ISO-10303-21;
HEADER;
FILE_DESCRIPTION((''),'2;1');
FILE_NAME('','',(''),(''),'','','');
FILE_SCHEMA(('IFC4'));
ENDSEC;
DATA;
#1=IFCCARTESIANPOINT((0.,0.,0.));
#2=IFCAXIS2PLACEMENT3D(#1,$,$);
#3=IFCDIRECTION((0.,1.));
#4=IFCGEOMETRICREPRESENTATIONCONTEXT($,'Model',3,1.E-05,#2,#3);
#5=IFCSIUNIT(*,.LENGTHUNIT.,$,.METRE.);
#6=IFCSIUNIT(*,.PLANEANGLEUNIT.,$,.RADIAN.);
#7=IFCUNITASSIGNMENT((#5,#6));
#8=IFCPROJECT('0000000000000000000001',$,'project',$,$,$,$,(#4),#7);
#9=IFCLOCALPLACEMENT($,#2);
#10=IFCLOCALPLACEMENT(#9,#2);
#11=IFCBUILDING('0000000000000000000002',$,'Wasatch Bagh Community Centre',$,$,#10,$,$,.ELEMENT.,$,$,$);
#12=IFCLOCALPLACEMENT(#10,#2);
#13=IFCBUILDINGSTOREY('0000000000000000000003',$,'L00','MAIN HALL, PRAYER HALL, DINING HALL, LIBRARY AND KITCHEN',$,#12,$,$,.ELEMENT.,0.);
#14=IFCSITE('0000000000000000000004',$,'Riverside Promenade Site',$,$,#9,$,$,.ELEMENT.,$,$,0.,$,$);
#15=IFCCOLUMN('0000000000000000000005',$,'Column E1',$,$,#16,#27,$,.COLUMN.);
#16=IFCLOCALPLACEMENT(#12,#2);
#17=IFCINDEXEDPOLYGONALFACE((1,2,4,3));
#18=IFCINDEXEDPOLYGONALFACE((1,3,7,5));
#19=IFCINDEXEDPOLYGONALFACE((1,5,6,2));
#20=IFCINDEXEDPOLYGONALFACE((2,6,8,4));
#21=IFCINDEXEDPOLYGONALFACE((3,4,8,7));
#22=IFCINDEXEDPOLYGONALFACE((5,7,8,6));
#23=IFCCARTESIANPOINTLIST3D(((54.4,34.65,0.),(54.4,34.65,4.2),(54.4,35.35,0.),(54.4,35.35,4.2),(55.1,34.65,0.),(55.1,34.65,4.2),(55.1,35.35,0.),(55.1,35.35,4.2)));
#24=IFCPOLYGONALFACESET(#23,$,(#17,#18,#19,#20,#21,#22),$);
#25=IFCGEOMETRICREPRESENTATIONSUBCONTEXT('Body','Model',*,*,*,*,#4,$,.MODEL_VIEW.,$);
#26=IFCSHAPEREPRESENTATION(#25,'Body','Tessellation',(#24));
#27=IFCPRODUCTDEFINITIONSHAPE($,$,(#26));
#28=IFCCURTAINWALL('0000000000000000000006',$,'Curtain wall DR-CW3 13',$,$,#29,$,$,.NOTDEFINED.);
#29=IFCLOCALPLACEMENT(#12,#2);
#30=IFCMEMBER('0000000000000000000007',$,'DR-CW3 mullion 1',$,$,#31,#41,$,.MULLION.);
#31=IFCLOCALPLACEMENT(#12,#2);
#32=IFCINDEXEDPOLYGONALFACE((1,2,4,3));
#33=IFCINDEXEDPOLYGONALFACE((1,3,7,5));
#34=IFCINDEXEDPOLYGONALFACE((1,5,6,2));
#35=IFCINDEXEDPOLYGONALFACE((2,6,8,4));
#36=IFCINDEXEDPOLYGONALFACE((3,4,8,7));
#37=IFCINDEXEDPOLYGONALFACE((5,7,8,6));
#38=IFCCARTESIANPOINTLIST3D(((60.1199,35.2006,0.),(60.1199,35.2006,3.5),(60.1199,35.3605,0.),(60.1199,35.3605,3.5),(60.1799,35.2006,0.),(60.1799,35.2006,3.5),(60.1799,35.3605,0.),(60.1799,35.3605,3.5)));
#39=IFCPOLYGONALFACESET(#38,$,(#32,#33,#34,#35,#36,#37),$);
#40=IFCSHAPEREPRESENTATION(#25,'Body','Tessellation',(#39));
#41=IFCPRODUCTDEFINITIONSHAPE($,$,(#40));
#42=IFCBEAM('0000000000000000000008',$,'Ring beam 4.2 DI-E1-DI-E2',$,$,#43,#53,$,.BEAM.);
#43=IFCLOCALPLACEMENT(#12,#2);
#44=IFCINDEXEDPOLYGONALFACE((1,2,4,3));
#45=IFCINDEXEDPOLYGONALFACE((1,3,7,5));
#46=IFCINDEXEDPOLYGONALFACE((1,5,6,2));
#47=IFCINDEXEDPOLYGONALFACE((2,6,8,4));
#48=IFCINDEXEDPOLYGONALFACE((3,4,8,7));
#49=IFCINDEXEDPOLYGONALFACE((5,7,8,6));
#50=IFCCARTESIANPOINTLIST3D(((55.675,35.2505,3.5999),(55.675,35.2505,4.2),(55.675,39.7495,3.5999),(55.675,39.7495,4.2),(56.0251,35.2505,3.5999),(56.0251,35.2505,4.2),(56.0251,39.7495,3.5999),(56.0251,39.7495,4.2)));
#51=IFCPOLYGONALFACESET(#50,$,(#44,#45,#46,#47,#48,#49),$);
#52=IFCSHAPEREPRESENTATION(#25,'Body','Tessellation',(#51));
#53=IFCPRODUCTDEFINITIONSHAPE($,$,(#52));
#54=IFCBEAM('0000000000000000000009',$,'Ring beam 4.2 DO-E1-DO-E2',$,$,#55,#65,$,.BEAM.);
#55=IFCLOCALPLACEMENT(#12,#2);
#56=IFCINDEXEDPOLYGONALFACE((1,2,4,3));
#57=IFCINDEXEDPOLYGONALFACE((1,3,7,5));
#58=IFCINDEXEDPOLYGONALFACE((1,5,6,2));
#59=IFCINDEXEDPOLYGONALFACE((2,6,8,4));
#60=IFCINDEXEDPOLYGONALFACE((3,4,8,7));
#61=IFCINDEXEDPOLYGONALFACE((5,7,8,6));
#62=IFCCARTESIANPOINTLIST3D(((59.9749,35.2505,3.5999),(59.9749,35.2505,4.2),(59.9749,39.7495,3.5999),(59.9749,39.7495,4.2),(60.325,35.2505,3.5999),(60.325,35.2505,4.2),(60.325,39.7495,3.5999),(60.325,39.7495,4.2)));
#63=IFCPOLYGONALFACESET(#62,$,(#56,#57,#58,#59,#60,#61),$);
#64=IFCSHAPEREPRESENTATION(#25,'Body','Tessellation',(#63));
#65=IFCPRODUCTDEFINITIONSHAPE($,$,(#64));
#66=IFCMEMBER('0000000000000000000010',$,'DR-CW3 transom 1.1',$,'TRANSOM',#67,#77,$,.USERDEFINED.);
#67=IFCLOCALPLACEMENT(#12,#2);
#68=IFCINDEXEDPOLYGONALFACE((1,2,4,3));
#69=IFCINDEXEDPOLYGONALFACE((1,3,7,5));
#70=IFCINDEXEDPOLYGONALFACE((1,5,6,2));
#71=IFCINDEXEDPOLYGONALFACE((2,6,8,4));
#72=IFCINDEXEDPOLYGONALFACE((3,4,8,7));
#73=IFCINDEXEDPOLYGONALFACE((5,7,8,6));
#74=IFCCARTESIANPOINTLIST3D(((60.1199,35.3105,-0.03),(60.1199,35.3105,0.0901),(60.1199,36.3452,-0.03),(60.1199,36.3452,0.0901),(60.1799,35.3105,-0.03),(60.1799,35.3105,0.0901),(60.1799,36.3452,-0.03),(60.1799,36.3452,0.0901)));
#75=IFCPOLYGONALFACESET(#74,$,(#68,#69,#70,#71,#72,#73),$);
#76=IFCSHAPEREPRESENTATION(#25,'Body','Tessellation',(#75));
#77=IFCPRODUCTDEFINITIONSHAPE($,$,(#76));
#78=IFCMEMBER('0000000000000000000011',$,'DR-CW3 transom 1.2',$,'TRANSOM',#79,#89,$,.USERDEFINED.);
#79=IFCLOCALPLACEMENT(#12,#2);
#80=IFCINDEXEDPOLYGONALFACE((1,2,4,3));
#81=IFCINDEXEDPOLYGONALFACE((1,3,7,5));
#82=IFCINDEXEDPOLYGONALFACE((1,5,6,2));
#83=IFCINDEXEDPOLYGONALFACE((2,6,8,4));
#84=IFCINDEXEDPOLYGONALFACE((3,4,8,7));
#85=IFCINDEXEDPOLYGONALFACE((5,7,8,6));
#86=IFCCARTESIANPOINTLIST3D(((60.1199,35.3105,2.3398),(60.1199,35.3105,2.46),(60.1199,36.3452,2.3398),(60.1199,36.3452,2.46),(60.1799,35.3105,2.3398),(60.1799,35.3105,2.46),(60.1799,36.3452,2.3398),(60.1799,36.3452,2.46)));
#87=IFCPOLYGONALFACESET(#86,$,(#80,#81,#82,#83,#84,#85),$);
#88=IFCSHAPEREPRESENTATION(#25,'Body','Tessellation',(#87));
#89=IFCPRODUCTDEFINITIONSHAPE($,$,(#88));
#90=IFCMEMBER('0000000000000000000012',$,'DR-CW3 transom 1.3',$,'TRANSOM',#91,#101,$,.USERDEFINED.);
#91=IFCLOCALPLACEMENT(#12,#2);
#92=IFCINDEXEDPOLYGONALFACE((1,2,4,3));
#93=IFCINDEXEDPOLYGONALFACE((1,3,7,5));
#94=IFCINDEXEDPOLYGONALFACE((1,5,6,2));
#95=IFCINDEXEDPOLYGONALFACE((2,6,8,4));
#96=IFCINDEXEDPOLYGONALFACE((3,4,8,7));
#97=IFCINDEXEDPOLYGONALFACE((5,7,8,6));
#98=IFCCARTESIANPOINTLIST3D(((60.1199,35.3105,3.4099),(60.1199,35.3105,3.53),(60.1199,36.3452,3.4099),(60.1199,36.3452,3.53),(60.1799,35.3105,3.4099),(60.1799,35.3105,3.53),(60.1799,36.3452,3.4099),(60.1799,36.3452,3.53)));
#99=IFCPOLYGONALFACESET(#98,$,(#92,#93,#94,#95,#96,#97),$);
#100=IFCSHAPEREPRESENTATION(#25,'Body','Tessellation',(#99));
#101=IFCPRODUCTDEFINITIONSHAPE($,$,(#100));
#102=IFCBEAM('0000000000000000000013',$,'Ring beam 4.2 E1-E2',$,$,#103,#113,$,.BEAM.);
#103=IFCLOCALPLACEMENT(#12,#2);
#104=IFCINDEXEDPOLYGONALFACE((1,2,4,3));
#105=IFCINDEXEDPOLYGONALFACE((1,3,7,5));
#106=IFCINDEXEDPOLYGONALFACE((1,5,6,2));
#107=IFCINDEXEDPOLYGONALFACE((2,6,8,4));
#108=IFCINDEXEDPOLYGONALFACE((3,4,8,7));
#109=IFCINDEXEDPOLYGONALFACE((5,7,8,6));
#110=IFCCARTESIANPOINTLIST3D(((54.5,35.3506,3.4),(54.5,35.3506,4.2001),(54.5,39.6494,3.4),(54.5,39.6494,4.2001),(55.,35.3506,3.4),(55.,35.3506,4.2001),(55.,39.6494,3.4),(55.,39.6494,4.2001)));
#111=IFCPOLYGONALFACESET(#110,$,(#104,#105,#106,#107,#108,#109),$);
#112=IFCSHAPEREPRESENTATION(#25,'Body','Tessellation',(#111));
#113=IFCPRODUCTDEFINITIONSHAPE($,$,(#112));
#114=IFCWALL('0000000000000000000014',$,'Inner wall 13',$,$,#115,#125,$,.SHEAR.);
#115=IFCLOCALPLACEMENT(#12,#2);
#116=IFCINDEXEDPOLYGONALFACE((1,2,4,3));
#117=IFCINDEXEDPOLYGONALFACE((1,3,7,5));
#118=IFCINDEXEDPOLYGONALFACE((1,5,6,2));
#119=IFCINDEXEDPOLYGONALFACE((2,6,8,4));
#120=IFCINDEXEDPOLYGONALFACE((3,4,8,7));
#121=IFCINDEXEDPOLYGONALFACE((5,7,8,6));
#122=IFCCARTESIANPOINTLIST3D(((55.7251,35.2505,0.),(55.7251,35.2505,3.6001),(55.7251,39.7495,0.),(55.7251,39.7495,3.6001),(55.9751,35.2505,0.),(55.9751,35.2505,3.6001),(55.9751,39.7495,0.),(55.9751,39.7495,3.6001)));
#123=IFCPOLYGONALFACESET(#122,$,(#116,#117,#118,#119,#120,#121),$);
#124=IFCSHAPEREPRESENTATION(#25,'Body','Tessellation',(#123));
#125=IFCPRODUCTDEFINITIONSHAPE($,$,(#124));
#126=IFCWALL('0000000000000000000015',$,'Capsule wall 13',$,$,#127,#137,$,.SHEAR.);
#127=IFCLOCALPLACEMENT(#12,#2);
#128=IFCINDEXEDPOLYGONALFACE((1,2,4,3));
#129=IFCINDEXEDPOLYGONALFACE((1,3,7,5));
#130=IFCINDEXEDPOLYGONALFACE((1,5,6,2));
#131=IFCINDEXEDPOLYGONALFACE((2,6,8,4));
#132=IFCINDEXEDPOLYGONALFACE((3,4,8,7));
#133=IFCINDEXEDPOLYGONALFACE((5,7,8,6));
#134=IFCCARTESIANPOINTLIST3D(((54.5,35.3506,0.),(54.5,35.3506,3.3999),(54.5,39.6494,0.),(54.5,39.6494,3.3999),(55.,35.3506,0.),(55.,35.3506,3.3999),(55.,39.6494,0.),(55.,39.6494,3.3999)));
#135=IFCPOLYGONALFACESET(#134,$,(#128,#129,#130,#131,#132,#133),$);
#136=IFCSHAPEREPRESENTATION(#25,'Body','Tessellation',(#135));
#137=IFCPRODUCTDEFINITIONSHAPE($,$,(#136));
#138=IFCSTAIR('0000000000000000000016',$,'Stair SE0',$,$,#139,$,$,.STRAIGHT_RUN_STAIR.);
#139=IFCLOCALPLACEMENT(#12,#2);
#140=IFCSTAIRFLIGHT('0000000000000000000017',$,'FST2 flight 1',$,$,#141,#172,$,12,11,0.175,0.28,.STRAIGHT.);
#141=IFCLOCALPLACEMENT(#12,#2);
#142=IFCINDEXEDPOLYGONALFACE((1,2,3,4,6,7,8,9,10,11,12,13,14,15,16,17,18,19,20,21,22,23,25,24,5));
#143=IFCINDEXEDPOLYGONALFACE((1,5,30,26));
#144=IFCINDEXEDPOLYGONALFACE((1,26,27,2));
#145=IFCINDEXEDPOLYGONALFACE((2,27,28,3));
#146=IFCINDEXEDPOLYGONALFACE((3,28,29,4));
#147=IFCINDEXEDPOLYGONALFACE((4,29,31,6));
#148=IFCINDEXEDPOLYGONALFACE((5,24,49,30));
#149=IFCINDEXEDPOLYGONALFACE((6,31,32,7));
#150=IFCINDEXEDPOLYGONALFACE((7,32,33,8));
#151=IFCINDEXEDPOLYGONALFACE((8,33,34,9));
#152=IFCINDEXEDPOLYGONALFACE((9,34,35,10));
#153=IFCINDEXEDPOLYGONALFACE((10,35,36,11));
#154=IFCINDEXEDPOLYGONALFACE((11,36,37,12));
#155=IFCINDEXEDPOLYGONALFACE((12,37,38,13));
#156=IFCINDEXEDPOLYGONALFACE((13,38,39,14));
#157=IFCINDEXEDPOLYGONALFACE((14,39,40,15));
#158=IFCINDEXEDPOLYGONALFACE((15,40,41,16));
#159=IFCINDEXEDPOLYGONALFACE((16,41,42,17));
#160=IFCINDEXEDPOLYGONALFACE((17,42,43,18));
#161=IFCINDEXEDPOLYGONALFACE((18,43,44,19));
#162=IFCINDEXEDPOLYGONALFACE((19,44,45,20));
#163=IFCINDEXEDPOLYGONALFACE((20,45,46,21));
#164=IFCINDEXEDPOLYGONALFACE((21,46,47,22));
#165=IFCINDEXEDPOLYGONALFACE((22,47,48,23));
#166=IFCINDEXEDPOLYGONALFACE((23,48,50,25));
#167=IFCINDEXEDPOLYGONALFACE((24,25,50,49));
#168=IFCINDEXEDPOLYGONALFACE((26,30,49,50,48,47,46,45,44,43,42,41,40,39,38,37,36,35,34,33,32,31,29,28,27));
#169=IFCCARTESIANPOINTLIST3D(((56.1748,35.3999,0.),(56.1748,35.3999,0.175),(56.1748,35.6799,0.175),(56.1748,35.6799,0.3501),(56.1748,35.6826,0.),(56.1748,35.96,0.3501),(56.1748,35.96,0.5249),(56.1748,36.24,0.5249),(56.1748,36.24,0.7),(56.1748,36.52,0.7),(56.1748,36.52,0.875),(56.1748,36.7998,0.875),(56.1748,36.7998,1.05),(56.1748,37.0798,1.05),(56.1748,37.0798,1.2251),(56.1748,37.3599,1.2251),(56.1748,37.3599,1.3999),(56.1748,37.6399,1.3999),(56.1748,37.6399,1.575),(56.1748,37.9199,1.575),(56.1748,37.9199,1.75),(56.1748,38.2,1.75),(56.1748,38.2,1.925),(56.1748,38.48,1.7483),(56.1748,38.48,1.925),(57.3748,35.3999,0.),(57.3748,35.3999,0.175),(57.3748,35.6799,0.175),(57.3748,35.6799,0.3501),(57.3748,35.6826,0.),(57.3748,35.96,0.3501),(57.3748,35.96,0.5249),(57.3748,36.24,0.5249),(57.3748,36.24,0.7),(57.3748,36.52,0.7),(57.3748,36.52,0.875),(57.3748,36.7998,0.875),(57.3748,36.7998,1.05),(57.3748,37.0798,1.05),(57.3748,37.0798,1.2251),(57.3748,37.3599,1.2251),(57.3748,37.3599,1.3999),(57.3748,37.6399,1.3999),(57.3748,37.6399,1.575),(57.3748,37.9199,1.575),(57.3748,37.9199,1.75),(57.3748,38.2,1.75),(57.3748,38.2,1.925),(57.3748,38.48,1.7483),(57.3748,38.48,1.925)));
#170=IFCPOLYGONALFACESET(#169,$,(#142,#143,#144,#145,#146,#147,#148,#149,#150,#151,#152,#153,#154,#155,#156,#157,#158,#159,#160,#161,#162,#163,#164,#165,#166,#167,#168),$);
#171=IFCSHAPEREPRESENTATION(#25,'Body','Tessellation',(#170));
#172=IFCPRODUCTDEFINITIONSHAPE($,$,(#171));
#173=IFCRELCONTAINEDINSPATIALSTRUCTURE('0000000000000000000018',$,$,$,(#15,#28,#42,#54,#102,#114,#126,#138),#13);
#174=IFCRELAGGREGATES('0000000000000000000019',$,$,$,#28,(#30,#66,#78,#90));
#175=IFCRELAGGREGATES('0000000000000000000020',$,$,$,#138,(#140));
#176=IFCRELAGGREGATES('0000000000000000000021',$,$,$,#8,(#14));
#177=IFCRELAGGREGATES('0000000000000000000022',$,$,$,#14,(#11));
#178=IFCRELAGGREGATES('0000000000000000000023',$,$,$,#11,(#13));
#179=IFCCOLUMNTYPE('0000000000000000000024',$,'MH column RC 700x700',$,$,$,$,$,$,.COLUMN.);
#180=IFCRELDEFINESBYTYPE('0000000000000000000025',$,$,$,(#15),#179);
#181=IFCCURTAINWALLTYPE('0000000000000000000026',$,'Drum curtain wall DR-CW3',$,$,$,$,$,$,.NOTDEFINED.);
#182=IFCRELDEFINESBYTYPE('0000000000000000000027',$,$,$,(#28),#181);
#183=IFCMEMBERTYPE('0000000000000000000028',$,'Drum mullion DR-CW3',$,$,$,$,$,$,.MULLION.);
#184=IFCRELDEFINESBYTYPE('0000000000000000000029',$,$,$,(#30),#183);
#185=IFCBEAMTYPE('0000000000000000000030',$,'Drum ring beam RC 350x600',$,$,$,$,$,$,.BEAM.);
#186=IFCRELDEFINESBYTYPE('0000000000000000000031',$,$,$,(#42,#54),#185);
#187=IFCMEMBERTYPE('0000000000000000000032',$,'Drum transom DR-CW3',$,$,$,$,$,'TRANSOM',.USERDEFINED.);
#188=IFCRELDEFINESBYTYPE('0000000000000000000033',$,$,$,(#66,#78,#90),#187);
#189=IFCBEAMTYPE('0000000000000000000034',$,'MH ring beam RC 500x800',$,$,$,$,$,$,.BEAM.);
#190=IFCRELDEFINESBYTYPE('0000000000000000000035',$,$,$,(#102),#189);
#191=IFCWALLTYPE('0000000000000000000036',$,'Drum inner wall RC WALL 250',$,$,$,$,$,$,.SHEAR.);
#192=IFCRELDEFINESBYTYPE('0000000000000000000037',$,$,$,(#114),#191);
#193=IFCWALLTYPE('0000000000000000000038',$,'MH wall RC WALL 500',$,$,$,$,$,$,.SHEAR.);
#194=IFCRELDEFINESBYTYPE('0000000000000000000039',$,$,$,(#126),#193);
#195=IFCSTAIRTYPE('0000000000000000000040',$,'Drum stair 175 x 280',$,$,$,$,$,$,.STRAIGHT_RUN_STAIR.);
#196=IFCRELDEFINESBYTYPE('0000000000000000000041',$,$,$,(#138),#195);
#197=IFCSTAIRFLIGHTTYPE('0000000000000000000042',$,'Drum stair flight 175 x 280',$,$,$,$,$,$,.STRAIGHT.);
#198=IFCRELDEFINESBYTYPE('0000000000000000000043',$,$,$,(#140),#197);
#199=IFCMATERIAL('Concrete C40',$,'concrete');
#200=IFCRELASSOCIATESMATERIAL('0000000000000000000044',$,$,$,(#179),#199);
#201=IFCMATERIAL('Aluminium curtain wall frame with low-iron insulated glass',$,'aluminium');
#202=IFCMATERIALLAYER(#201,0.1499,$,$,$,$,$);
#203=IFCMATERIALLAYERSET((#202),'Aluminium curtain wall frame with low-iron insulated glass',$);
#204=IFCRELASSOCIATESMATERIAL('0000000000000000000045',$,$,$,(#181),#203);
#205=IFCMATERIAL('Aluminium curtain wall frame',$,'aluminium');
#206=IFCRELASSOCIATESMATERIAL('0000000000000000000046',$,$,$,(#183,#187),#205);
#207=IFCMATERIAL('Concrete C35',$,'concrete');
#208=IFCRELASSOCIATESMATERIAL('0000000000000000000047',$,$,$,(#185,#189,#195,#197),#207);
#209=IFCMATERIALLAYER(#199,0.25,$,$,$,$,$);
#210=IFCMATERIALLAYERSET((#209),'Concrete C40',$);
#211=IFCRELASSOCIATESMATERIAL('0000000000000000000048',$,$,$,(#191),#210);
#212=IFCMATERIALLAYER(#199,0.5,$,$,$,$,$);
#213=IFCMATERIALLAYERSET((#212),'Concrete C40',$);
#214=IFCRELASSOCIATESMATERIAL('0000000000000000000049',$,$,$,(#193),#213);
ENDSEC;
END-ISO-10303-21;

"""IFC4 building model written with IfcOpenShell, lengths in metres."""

from ifc_helpers import new_model, si_unit, direction, frame, frame_2d, origin, origin_2d, place, context, subcontext, project, spatial, polyline, rectangle, outline, extrude, material, layer, layer_set, material_profile, profile_set, type_object, element, aggregate, save


model = new_model("IFC4")

# Units and contexts
model_context = context("Model", 3, precision=1e-05, world=origin(), true_north=direction((0.0, 1.0)))
body_context = subcontext(model_context, "Body", "Model", "MODEL_VIEW")
ifc_project = project(units=[si_unit("LENGTHUNIT", "METRE"), si_unit("PLANEANGLEUNIT", "RADIAN")], contexts=[model_context])

# Site, building, storey
site_placement = place(None, origin())
site = spatial("IfcSite", under=ifc_project, at=site_placement, Name="Riverside Promenade Site", CompositionType="ELEMENT", RefElevation=0.0)
building_placement = place(site_placement, origin())
building = spatial("IfcBuilding", under=site, at=building_placement, Name="Wasatch Bagh Community Centre", CompositionType="ELEMENT")
storey_placement = place(building_placement, origin())
storey = spatial("IfcBuildingStorey", under=building, at=storey_placement, Name="L00", Description="MAIN HALL, PRAYER HALL, DINING HALL, LIBRARY AND KITCHEN", CompositionType="ELEMENT", Elevation=0.0)

# Shared definitions
ifc_material_1 = material(Name="Concrete C35", Category="concrete")

# Column
ifc_material_2 = material(Name="Concrete C40", Category="concrete")
ifc_material_profile_1 = material_profile(ifc_material_2, rectangle(XDim=0.7, YDim=0.7, at=origin_2d()), Name="RC 700x700")
ifc_profile_set_1 = profile_set([ifc_material_profile_1], Name="Concrete C40")
column_type_1 = type_object("IfcColumnType", Name="MH column RC 700x700", PredefinedType="COLUMN", material=ifc_profile_set_1)
column_placement = place(storey_placement, frame((54.75, 35.0, 0.0), z_axis=(0.0, 0.0, 1.0), x_axis=(1.0, 0.0, 0.0)))
element("IfcColumn", 1, at=column_placement, inside=storey, type_object=column_type_1, Name="Column E1", PredefinedType="COLUMN", context=body_context, shape_type="SweptSolid", body=[
    extrude(rectangle(XDim=0.7, YDim=0.7, at=origin_2d()), origin(), (0.0, 0.0, 1.0), 4.2),
])

# Curtain wall, member
ifc_material_3 = material(Name="Aluminium curtain wall frame with low-iron insulated glass", Category="aluminium")
ifc_layer_1 = layer(ifc_material_3, 0.1499)
ifc_layer_set_1 = layer_set([ifc_layer_1], Name="Aluminium curtain wall frame with low-iron insulated glass")
curtain_wall_type = type_object("IfcCurtainWallType", Name="Drum curtain wall DR-CW3", PredefinedType="NOTDEFINED", material=ifc_layer_set_1)
curtain_wall_placement = place(storey_placement, origin())
curtain_wall = element("IfcCurtainWall", 2, at=curtain_wall_placement, inside=storey, type_object=curtain_wall_type, Name="Curtain wall DR-CW3 13", PredefinedType="NOTDEFINED")
ifc_material_4 = material(Name="Aluminium curtain wall frame", Category="aluminium")
ifc_material_profile_2 = material_profile(ifc_material_4, rectangle(XDim=0.0601, YDim=0.1599, at=origin_2d()), Name="Drum mullion DR-CW3")
ifc_profile_set_2 = profile_set([ifc_material_profile_2], Name="Aluminium curtain wall frame")
member_type_1 = type_object("IfcMemberType", Name="Drum mullion DR-CW3", PredefinedType="MULLION", material=ifc_profile_set_2)
member_1_placement = place(storey_placement, frame((60.1499, 35.2805, 0.0), z_axis=(0.0, 0.0, 1.0), x_axis=(-1.0, 0.0, 0.0)))
member_1 = element("IfcMember", 3, at=member_1_placement, type_object=member_type_1, Name="DR-CW3 mullion 1", PredefinedType="MULLION", context=body_context, shape_type="SweptSolid", body=[
    extrude(rectangle(XDim=0.0601, YDim=0.1599, at=origin_2d()), origin(), (0.0, 0.0, 1.0), 3.5),
])

# Beams
ifc_material_profile_3 = material_profile(ifc_material_1, rectangle(XDim=0.3501, YDim=0.6001, at=origin_2d()), Name="RC 350x600")
ifc_profile_set_3 = profile_set([ifc_material_profile_3], Name="Concrete C35")
beam_type_1 = type_object("IfcBeamType", Name="Drum ring beam RC 350x600", PredefinedType="BEAM", material=ifc_profile_set_3)
for number, where, z_axis, x_axis, name in (
    (4, (55.8501, 35.2505, 3.8999), (0.0, 1.0, 0.0), (-1.0, 0.0, 0.0), "Ring beam 4.2 DI-E1-DI-E2"),
    (5, (60.1499, 35.2505, 3.8999), (0.0, 1.0, 0.0), (-1.0, 0.0, 0.0), "Ring beam 4.2 DO-E1-DO-E2"),
):
    element("IfcBeam", number, at=place(storey_placement, frame(where, z_axis=z_axis, x_axis=x_axis)), inside=storey, type_object=beam_type_1, Name=name, PredefinedType="BEAM", context=body_context, shape_type="SweptSolid", body=[
        extrude(rectangle(XDim=0.3501, YDim=0.6001, at=origin_2d()), origin(), (0.0, 0.0, 1.0), 4.499),
    ])

# Members
ifc_material_profile_4 = material_profile(ifc_material_4, rectangle(XDim=0.0601, YDim=0.1201, at=origin_2d()), Name="Drum transom DR-CW3")
ifc_profile_set_4 = profile_set([ifc_material_profile_4], Name="Aluminium curtain wall frame")
member_type_2 = type_object("IfcMemberType", Name="Drum transom DR-CW3", ElementType="TRANSOM", PredefinedType="USERDEFINED", material=ifc_profile_set_4)
member_2_placement = place(storey_placement, frame((60.1499, 35.3105, 0.03), z_axis=(0.0, 1.0, 0.0), x_axis=(-1.0, 0.0, 0.0)))
member_2 = element("IfcMember", 6, at=member_2_placement, type_object=member_type_2, Name="DR-CW3 transom 1.1", ObjectType="TRANSOM", PredefinedType="USERDEFINED", context=body_context, shape_type="SweptSolid", body=[
    extrude(rectangle(XDim=0.0601, YDim=0.1201, at=origin_2d()), origin(), (0.0, 0.0, 1.0), 1.0347),
])
member_3_placement = place(storey_placement, frame((60.1499, 35.3105, 2.3999), z_axis=(0.0, 1.0, 0.0), x_axis=(-1.0, 0.0, 0.0)))
member_3 = element("IfcMember", 7, at=member_3_placement, type_object=member_type_2, Name="DR-CW3 transom 1.2", ObjectType="TRANSOM", PredefinedType="USERDEFINED", context=body_context, shape_type="SweptSolid", body=[
    extrude(rectangle(XDim=0.0601, YDim=0.1201, at=origin_2d()), origin(), (0.0, 0.0, 1.0), 1.0347),
])
member_4_placement = place(storey_placement, frame((60.1499, 35.3105, 3.47), z_axis=(0.0, 1.0, 0.0), x_axis=(-1.0, 0.0, 0.0)))
member_4 = element("IfcMember", 8, at=member_4_placement, type_object=member_type_2, Name="DR-CW3 transom 1.3", ObjectType="TRANSOM", PredefinedType="USERDEFINED", context=body_context, shape_type="SweptSolid", body=[
    extrude(rectangle(XDim=0.0601, YDim=0.1201, at=origin_2d()), origin(), (0.0, 0.0, 1.0), 1.0347),
])
aggregate(curtain_wall, [member_1, member_2, member_3, member_4])

# Beam
ifc_material_profile_5 = material_profile(ifc_material_1, rectangle(XDim=0.5, YDim=0.8, at=origin_2d()), Name="RC 500x800")
ifc_profile_set_5 = profile_set([ifc_material_profile_5], Name="Concrete C35")
beam_type_2 = type_object("IfcBeamType", Name="MH ring beam RC 500x800", PredefinedType="BEAM", material=ifc_profile_set_5)
beam_placement = place(storey_placement, frame((54.75, 35.3506, 3.8), z_axis=(0.0, 1.0, 0.0), x_axis=(-1.0, 0.0, 0.0)))
element("IfcBeam", 9, at=beam_placement, inside=storey, type_object=beam_type_2, Name="Ring beam 4.2 E1-E2", PredefinedType="BEAM", context=body_context, shape_type="SweptSolid", body=[
    extrude(rectangle(XDim=0.5, YDim=0.8, at=origin_2d()), origin(), (0.0, 0.0, 1.0), 4.2988),
])

# Walls
ifc_layer_2 = layer(ifc_material_2, 0.25)
ifc_layer_set_2 = layer_set([ifc_layer_2], Name="Concrete C40")
wall_type_1 = type_object("IfcWallType", Name="Drum inner wall RC WALL 250", PredefinedType="SHEAR", material=ifc_layer_set_2)
wall_1_placement = place(storey_placement, frame((55.8501, 35.2505, 0.0), z_axis=(0.0, 0.0, 1.0), x_axis=(0.0, 1.0, 0.0)))
element("IfcWall", 10, at=wall_1_placement, inside=storey, type_object=wall_type_1, Name="Inner wall 13", PredefinedType="SHEAR", context=body_context, shape_type="SweptSolid", body=[
    extrude(rectangle(XDim=4.499, YDim=0.25, at=frame_2d((2.2495, 0.0))), origin(), (0.0, 0.0, 1.0), 3.6001),
])
ifc_layer_3 = layer(ifc_material_2, 0.5)
ifc_layer_set_3 = layer_set([ifc_layer_3], Name="Concrete C40")
wall_type_2 = type_object("IfcWallType", Name="MH wall RC WALL 500", PredefinedType="SHEAR", material=ifc_layer_set_3)
wall_2_placement = place(storey_placement, frame((54.75, 35.3506, 0.0), z_axis=(0.0, 0.0, 1.0), x_axis=(0.0, 1.0, 0.0)))
element("IfcWall", 11, at=wall_2_placement, inside=storey, type_object=wall_type_2, Name="Capsule wall 13", PredefinedType="SHEAR", context=body_context, shape_type="SweptSolid", body=[
    extrude(rectangle(XDim=4.2988, YDim=0.5, at=frame_2d((2.1494, 0.0))), origin(), (0.0, 0.0, 1.0), 3.3999),
])

# Stair, stair flight
stair_type = type_object("IfcStairType", Name="Drum stair 175 x 280", PredefinedType="STRAIGHT_RUN_STAIR", material=ifc_material_1)
stair_placement = place(storey_placement, origin())
stair = element("IfcStair", 12, at=stair_placement, inside=storey, type_object=stair_type, Name="Stair SE0", PredefinedType="STRAIGHT_RUN_STAIR")
stair_flight_type = type_object("IfcStairFlightType", Name="Drum stair flight 175 x 280", PredefinedType="STRAIGHT", material=ifc_material_1)
stair_flight_placement = place(storey_placement, frame((56.7749, 35.3999, 0.0), z_axis=(0.0, 0.0, 1.0), x_axis=(0.0, 1.0, 0.0)))
stair_flight = element("IfcStairFlight", 13, at=stair_flight_placement, type_object=stair_flight_type, Name="FST2 flight 1", NumberOfRisers=12, NumberOfTreads=11, PredefinedType="STRAIGHT", RiserHeight=0.175, TreadLength=0.28, context=body_context, shape_type="SweptSolid", body=[
    extrude(outline(polyline([(0.0, 0.0), (0.0, 0.175), (0.28, 0.175), (0.28, 0.3501), (0.5601, 0.3501), (0.5601, 0.5249), (0.8401, 0.5249), (0.8401, 0.7), (1.1201, 0.7), (1.1201, 0.875), (1.3999, 0.875), (1.3999, 1.05), (1.6799, 1.05), (1.6799, 1.2251), (1.96, 1.2251), (1.96, 1.3999), (2.24, 1.3999), (2.24, 1.575), (2.52, 1.575), (2.52, 1.75), (2.8, 1.75), (2.8, 1.925), (3.0801, 1.925), (3.0801, 2.1001), (3.0801, 1.7483), (0.2827, 0.0), (0.0, 0.0)])), frame((0.0, 0.6001, 0.0), z_axis=(0.0, -1.0, 0.0), x_axis=(1.0, 0.0, 0.0)), (0.0, 0.0, 1.0), 1.2),
])
aggregate(stair, [stair_flight])

save(model, "model.ifc")
